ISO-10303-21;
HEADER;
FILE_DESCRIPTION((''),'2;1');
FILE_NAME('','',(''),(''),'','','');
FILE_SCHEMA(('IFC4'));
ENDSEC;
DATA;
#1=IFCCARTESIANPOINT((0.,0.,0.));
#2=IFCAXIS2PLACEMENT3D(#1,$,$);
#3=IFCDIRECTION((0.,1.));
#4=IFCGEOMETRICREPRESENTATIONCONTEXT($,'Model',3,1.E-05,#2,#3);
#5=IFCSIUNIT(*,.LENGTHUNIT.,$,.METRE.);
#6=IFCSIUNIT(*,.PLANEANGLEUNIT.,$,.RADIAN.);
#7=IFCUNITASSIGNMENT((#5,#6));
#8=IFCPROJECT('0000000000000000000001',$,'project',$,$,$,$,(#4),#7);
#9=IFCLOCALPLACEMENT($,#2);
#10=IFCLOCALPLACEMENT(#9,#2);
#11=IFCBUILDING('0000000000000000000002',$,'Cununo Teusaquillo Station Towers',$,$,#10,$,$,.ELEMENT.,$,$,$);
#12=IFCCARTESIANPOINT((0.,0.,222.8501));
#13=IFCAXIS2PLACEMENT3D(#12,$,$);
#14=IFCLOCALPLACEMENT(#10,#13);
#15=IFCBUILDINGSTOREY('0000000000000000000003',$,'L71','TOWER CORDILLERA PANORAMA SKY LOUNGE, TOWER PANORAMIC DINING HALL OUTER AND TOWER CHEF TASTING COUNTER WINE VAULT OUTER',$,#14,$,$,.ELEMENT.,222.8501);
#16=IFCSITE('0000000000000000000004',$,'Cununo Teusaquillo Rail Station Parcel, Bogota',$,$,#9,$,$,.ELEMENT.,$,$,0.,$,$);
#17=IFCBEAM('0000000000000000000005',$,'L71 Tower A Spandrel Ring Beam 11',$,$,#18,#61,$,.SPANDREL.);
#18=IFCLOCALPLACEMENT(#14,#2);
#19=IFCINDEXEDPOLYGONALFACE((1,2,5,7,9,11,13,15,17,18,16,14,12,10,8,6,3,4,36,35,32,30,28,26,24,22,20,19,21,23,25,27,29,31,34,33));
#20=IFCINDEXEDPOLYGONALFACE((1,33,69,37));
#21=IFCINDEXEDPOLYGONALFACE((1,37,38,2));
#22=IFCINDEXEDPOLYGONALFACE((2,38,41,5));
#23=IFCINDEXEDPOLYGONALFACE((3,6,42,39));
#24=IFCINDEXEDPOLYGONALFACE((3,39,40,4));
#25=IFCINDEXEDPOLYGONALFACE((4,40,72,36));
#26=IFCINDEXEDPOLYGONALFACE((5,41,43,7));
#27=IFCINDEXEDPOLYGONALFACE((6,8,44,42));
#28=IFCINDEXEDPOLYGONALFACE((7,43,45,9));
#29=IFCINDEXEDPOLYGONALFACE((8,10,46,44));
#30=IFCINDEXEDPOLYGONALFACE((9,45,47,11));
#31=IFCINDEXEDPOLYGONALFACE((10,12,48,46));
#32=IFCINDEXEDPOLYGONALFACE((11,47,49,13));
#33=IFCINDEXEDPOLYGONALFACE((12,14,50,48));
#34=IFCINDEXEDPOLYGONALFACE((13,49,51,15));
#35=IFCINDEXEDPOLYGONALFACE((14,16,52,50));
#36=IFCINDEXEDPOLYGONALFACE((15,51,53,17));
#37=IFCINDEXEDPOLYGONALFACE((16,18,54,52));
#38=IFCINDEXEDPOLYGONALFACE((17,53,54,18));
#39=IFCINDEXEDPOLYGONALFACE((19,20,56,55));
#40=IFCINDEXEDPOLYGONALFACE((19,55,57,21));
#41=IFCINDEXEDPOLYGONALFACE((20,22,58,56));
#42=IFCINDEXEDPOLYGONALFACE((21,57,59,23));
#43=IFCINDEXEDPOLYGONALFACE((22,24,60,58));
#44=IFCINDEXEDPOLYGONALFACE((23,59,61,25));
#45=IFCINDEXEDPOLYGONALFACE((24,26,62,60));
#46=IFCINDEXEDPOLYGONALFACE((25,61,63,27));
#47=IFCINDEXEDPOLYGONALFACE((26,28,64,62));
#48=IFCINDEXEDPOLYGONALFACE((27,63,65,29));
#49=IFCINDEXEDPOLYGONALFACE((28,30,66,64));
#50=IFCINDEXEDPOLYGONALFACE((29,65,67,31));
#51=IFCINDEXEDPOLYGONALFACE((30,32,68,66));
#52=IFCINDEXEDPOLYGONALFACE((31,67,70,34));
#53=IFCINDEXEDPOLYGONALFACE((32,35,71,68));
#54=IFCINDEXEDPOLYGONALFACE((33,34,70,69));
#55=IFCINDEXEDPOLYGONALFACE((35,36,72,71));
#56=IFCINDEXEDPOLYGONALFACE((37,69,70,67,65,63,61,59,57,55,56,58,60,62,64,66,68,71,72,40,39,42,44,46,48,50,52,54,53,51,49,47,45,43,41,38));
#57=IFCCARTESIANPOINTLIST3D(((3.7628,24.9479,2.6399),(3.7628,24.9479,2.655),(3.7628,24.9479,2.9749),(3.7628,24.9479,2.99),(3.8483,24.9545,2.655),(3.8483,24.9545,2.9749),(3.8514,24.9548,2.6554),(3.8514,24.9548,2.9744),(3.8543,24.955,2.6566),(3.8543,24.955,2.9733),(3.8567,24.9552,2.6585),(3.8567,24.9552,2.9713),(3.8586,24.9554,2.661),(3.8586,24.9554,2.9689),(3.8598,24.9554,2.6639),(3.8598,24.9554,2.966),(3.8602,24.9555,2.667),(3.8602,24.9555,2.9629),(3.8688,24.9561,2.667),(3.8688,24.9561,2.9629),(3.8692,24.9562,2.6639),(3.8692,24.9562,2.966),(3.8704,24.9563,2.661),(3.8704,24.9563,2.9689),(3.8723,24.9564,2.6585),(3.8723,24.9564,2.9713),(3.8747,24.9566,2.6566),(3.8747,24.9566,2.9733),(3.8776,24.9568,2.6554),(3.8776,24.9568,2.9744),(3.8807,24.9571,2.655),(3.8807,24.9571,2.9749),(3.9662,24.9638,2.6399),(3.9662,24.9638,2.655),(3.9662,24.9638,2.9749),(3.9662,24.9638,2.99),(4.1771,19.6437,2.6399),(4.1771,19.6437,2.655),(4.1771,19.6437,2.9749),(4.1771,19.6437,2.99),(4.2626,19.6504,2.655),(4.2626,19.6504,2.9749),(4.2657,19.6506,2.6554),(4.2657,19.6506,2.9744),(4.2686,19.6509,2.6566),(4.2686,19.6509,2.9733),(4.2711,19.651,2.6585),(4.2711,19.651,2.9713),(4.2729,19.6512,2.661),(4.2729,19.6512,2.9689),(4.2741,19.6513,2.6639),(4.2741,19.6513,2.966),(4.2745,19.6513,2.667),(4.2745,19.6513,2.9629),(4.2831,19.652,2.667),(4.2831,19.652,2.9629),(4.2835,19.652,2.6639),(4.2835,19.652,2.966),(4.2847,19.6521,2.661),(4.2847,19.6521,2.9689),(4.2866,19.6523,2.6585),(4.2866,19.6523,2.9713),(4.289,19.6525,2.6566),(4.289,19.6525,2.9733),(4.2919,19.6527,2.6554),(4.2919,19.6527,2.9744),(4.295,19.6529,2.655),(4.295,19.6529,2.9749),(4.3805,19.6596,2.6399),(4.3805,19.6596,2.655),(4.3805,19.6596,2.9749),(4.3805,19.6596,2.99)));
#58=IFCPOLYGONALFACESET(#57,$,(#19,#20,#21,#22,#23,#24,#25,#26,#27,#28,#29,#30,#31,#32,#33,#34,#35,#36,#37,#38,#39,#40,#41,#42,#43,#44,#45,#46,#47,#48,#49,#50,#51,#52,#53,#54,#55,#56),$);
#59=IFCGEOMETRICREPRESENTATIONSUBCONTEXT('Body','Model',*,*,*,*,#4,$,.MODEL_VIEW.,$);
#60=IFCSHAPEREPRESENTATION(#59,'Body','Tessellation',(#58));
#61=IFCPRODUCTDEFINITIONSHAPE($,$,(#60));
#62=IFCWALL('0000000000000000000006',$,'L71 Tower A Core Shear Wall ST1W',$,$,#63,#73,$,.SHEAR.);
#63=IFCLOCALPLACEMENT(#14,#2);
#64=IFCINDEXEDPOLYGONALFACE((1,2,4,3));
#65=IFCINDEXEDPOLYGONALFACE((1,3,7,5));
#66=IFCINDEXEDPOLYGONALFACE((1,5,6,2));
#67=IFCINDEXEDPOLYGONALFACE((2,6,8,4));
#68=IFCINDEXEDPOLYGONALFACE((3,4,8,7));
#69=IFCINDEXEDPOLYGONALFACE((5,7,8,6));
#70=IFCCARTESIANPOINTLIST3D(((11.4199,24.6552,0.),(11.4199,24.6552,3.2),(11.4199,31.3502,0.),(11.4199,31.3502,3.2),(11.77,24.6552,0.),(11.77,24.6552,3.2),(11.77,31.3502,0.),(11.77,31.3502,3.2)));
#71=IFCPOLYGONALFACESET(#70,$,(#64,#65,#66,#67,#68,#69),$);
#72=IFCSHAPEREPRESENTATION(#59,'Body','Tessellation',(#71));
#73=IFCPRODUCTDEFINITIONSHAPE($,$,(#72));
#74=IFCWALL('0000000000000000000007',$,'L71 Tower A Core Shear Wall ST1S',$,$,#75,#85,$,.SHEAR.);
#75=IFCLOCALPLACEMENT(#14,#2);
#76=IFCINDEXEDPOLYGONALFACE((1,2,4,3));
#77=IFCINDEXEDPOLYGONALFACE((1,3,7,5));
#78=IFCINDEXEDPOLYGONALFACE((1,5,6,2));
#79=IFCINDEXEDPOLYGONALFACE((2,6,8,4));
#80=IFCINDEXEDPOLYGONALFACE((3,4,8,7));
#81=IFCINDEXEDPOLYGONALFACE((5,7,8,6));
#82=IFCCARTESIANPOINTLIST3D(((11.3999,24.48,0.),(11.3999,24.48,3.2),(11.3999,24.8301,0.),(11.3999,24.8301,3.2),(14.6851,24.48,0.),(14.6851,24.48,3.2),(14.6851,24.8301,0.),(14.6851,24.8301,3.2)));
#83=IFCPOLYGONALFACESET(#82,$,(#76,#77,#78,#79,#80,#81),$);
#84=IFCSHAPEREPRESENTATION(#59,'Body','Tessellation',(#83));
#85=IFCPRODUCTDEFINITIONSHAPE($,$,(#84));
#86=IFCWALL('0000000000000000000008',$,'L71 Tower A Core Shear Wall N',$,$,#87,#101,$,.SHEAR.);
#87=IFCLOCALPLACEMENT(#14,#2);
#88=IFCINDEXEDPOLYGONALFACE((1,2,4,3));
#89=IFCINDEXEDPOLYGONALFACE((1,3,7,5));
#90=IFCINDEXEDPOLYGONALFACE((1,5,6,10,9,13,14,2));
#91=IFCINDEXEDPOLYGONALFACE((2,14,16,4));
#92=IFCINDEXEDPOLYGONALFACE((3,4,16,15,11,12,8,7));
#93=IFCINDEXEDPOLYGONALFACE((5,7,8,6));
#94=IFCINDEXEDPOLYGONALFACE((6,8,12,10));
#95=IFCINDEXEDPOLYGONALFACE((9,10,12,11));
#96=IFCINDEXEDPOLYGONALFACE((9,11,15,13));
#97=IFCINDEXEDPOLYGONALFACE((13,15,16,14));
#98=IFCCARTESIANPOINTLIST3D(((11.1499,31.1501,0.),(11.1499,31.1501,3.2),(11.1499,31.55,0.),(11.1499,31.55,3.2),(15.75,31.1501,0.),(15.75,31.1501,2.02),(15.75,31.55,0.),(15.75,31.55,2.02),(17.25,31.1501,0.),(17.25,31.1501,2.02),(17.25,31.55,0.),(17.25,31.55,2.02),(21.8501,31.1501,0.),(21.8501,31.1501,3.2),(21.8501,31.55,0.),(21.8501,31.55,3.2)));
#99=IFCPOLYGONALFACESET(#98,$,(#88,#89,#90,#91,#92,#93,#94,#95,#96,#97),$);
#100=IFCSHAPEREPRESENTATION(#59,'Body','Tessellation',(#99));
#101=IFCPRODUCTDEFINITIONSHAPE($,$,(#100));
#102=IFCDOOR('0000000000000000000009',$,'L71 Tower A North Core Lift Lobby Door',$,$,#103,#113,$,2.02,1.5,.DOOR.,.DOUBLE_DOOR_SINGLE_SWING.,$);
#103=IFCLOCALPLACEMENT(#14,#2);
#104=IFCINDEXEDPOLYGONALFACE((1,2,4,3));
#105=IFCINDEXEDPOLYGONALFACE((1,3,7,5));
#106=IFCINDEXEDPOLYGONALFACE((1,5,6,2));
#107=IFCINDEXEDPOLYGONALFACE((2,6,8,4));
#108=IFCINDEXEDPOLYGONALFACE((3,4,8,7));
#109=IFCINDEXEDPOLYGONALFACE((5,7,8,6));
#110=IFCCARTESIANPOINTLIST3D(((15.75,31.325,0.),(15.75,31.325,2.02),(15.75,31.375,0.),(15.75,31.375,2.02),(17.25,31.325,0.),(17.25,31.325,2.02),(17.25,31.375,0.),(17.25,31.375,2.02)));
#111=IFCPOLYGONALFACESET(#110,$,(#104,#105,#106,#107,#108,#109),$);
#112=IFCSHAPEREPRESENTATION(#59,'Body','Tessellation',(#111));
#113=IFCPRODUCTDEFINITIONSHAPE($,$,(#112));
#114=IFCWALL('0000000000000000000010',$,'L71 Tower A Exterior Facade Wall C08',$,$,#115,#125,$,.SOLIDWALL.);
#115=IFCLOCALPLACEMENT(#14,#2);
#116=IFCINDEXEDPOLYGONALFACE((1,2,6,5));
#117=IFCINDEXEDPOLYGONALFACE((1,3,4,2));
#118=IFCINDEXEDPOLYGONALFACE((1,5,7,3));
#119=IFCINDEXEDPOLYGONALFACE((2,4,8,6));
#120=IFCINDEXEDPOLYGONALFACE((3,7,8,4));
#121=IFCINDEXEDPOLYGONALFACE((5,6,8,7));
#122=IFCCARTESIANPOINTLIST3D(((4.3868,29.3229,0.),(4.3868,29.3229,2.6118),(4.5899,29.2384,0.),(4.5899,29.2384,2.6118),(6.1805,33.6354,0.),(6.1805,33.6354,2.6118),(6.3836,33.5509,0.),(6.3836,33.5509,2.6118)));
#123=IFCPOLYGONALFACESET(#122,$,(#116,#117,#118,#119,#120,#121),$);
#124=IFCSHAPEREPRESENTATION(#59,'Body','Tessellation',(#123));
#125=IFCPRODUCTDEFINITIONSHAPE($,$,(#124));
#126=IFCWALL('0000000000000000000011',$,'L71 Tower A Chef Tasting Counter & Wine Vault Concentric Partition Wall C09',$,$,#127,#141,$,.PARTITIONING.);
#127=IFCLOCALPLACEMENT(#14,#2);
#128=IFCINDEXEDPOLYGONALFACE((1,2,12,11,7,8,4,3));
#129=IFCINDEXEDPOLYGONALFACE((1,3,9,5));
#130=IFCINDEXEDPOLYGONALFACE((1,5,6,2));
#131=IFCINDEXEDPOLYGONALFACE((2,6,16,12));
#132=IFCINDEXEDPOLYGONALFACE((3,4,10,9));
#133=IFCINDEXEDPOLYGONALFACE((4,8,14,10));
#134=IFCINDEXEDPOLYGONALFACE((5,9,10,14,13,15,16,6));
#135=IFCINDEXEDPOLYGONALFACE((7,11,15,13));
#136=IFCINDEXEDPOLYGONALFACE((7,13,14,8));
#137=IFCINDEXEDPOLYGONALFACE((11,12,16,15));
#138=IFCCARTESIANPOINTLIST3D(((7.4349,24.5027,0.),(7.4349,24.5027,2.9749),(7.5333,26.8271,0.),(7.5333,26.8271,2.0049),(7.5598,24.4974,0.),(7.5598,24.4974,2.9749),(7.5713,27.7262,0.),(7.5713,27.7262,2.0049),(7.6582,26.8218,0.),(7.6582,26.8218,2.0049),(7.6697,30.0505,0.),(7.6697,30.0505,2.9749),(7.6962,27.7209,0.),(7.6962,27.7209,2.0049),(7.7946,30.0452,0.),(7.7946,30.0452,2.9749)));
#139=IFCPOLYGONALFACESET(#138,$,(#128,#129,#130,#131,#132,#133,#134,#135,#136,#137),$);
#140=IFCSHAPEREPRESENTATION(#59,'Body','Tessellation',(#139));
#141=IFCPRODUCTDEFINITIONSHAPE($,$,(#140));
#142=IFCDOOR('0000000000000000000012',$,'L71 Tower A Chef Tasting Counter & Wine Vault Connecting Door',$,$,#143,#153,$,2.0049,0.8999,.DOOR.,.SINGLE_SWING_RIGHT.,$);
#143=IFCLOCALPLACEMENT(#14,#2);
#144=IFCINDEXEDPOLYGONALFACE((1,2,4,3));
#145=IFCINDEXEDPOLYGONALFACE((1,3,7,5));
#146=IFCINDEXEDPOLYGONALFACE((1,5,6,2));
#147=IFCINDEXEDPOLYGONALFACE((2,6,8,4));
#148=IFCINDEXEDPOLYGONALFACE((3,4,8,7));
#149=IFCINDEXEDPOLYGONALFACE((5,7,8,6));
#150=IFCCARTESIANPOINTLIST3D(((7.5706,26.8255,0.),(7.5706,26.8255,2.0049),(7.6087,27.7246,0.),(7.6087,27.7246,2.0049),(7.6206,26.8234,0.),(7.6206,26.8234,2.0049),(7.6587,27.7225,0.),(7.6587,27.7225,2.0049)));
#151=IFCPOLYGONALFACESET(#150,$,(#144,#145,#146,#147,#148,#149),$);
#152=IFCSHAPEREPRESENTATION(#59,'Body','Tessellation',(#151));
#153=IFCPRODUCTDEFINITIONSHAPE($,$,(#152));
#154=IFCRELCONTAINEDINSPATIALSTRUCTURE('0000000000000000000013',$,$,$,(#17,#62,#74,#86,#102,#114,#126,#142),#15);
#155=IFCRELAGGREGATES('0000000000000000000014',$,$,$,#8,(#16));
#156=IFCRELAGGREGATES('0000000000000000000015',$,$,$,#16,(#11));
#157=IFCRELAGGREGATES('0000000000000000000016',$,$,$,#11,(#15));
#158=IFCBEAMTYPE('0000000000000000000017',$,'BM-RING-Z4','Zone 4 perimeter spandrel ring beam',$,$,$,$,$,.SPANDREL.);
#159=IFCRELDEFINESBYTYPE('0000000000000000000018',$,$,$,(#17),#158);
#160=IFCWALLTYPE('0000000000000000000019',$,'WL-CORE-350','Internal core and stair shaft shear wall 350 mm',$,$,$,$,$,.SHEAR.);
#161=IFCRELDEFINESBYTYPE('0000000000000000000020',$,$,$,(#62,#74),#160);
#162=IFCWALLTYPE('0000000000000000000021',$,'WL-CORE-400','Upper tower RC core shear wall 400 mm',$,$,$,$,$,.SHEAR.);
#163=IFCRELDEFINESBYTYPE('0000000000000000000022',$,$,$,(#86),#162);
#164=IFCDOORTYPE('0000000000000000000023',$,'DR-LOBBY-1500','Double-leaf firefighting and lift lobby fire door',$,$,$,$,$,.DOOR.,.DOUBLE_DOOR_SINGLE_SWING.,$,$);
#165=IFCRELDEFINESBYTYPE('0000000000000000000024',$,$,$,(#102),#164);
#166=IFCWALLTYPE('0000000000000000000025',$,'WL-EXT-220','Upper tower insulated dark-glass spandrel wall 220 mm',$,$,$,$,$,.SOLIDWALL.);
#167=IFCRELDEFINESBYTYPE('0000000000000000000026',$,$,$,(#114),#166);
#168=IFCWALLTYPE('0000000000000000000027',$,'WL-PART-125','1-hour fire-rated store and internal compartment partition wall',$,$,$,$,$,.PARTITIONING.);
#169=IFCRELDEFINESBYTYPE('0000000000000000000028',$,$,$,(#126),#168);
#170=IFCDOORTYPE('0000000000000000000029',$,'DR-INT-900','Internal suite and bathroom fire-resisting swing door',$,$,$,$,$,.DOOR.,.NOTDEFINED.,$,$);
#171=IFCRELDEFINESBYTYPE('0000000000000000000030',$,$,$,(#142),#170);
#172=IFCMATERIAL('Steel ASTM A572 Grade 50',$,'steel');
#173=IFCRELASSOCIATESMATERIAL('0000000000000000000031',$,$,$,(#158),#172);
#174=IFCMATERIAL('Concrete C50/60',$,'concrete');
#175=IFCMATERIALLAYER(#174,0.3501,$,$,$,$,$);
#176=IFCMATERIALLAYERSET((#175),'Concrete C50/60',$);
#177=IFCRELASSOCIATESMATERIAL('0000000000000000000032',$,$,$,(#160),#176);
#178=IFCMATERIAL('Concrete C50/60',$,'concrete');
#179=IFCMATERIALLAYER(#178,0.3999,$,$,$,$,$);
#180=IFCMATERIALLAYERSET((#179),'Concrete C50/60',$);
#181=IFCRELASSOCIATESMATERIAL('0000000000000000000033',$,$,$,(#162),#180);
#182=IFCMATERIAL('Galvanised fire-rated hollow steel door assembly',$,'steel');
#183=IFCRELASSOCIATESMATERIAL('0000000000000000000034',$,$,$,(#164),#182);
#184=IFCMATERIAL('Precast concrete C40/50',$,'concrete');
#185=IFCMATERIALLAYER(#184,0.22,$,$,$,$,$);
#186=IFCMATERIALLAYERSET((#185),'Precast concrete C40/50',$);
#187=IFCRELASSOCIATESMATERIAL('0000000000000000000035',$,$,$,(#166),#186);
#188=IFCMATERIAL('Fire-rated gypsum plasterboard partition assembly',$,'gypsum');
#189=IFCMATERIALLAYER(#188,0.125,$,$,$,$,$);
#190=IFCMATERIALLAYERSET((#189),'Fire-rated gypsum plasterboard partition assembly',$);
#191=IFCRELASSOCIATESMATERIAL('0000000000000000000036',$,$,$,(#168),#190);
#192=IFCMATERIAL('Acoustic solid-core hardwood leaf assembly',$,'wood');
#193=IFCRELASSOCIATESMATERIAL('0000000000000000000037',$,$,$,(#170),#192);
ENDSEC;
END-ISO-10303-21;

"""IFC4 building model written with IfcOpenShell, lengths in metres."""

from ifc_helpers import new_model, si_unit, direction, frame, frame_2d, origin, origin_2d, place, context, subcontext, project, spatial, rectangle, i_section, extrude, source, transform, mapped, material, layer, layer_set, material_profile, profile_set, type_object, element, fill, save


model = new_model("IFC4")

# Units and contexts
model_context = context("Model", 3, precision=1e-05, world=origin(), true_north=direction((0.0, 1.0)))
body_context = subcontext(model_context, "Body", "Model", "MODEL_VIEW")
ifc_project = project(units=[si_unit("LENGTHUNIT", "METRE"), si_unit("PLANEANGLEUNIT", "RADIAN")], contexts=[model_context])

# Site, building, storey
site_placement = place(None, origin())
site = spatial("IfcSite", under=ifc_project, at=site_placement, Name="Cununo Teusaquillo Rail Station Parcel, Bogota", CompositionType="ELEMENT", RefElevation=0.0)
building_placement = place(site_placement, origin())
building = spatial("IfcBuilding", under=site, at=building_placement, Name="Cununo Teusaquillo Station Towers", CompositionType="ELEMENT")
storey_placement = place(building_placement, frame((0.0, 0.0, 222.8501)))
storey = spatial("IfcBuildingStorey", under=building, at=storey_placement, Name="L71", Description="TOWER CORDILLERA PANORAMA SKY LOUNGE, TOWER PANORAMIC DINING HALL OUTER AND TOWER CHEF TASTING COUNTER WINE VAULT OUTER", CompositionType="ELEMENT", Elevation=222.8501)

# Beam
ifc_material_1 = material(Name="Steel ASTM A572 Grade 50", Category="steel")
ifc_material_profile_1 = material_profile(ifc_material_1, i_section(OverallWidth=0.2041, OverallDepth=0.3501, WebThickness=0.0085, FlangeThickness=0.0151, FilletRadius=0.012, at=origin_2d()), Name="W14X48")
ifc_profile_set_1 = profile_set([ifc_material_profile_1], Name="Steel ASTM A572 Grade 50")
beam_type_1 = type_object("IfcBeamType", Name="BM-RING-Z4", Description="Zone 4 perimeter spandrel ring beam", PredefinedType="SPANDREL", material=ifc_profile_set_1)
beam_1_placement = place(storey_placement, frame((3.8645, 24.9558, 2.8149), z_axis=(0.077872, -0.996963, 0.0), x_axis=(0.996963, 0.077872, 0.0)))
element("IfcBeam", 1, at=beam_1_placement, inside=storey, type_object=beam_type_1, Name="L71 Tower A Spandrel Ring Beam 11", PredefinedType="SPANDREL", context=body_context, shape_type="SweptSolid", body=[
    extrude(i_section(OverallWidth=0.2041, OverallDepth=0.3501, WebThickness=0.0085, FlangeThickness=0.0151, FilletRadius=0.012, at=origin_2d()), origin(), (0.0, 0.0, 1.0), 5.3203),
])

# Walls
ifc_material_2 = material(Name="Concrete C50/60", Category="concrete")
ifc_layer_1 = layer(ifc_material_2, 0.3501)
ifc_layer_set_1 = layer_set([ifc_layer_1], Name="Concrete C50/60")
wall_type_1 = type_object("IfcWallType", Name="WL-CORE-350", Description="Internal core and stair shaft shear wall 350 mm", PredefinedType="SHEAR", material=ifc_layer_set_1)
wall_1_placement = place(storey_placement, frame((11.595, 24.655, 0.0), z_axis=(0.0, 0.0, 1.0), x_axis=(0.0, 1.0, 0.0)))
element("IfcWall", 2, at=wall_1_placement, inside=storey, type_object=wall_type_1, Name="L71 Tower A Core Shear Wall ST1W", PredefinedType="SHEAR", context=body_context, shape_type="SweptSolid", body=[
    extrude(rectangle(XDim=6.6951, YDim=0.3501, at=frame_2d((3.3477, 0.0))), origin(), (0.0, 0.0, 1.0), 3.2),
])
wall_2_placement = place(storey_placement, frame((11.3999, 24.655, 0.0), z_axis=(0.0, 0.0, 1.0), x_axis=(1.0, 0.0, 0.0)))
element("IfcWall", 3, at=wall_2_placement, inside=storey, type_object=wall_type_1, Name="L71 Tower A Core Shear Wall ST1S", PredefinedType="SHEAR", context=body_context, shape_type="SweptSolid", body=[
    extrude(rectangle(XDim=3.2852, YDim=0.3501, at=frame_2d((1.6426, 0.0))), origin(), (0.0, 0.0, 1.0), 3.2),
])

# Wall, opening, door
ifc_material_3 = material(Name="Concrete C50/60", Category="concrete")
ifc_layer_2 = layer(ifc_material_3, 0.3999)
ifc_layer_set_2 = layer_set([ifc_layer_2], Name="Concrete C50/60")
wall_type_2 = type_object("IfcWallType", Name="WL-CORE-400", Description="Upper tower RC core shear wall 400 mm", PredefinedType="SHEAR", material=ifc_layer_set_2)
wall_3_placement = place(storey_placement, frame((11.1499, 31.3501, 0.0), z_axis=(0.0, 0.0, 1.0), x_axis=(1.0, 0.0, 0.0)))
wall_3 = element("IfcWall", 4, at=wall_3_placement, inside=storey, type_object=wall_type_2, Name="L71 Tower A Core Shear Wall N", PredefinedType="SHEAR", context=body_context, shape_type="SweptSolid", body=[
    extrude(rectangle(XDim=10.7002, YDim=0.3999, at=frame_2d((5.3501, 0.0))), origin(), (0.0, 0.0, 1.0), 3.2),
])
shared_shape_1 = source(origin(), body_context, "Body", "SweptSolid", [
    extrude(rectangle(XDim=1.5, YDim=2.02, at=frame_2d((0.75, 1.01))), frame((0.0, 0.21, 0.0), z_axis=(0.0, -1.0, 0.0), x_axis=(1.0, 0.0, 0.0)), (0.0, 0.0, 1.0), 0.4199),
])
opening_1_placement = place(wall_3_placement, frame((4.6001, 0.0, 0.0)))
opening_1 = element("IfcOpeningElement", 5, at=opening_1_placement, cuts=wall_3, PredefinedType="OPENING", context=body_context, shape_type="MappedRepresentation", body=[
    mapped(shared_shape_1, transform((0.0, 0.0, 0.0), x_axis=(1.0, 0.0, 0.0), y_axis=(0.0, 1.0, 0.0), z_axis=(0.0, 0.0, 1.0), scale=1.0)),
])
ifc_material_4 = material(Name="Galvanised fire-rated hollow steel door assembly", Category="steel")
door_type_1 = type_object("IfcDoorType", Name="DR-LOBBY-1500", Description="Double-leaf firefighting and lift lobby fire door", OperationType="DOUBLE_DOOR_SINGLE_SWING", PredefinedType="DOOR", material=ifc_material_4)
shared_shape_2 = source(origin(), body_context, "Body", "SweptSolid", [
    extrude(rectangle(XDim=1.5, YDim=2.02, at=frame_2d((0.75, 1.01))), frame((0.0, 0.0249, 0.0), z_axis=(0.0, -1.0, 0.0), x_axis=(1.0, 0.0, 0.0)), (0.0, 0.0, 1.0), 0.05),
])
door_1_placement = place(opening_1_placement, origin())
door_1 = element("IfcDoor", 6, at=door_1_placement, inside=storey, type_object=door_type_1, Name="L71 Tower A North Core Lift Lobby Door", OperationType="DOUBLE_DOOR_SINGLE_SWING", OverallHeight=2.02, OverallWidth=1.5, PredefinedType="DOOR", context=body_context, shape_type="MappedRepresentation", body=[
    mapped(shared_shape_2, transform((0.0, 0.0, 0.0), x_axis=(1.0, 0.0, 0.0), y_axis=(0.0, 1.0, 0.0), z_axis=(0.0, 0.0, 1.0), scale=1.0)),
])
fill(opening_1, door_1)

# Wall
ifc_material_5 = material(Name="Precast concrete C40/50", Category="concrete")
ifc_layer_3 = layer(ifc_material_5, 0.22)
ifc_layer_set_3 = layer_set([ifc_layer_3], Name="Precast concrete C40/50")
wall_type_3 = type_object("IfcWallType", Name="WL-EXT-220", Description="Upper tower insulated dark-glass spandrel wall 220 mm", PredefinedType="SOLIDWALL", material=ifc_layer_set_3)
wall_4_placement = place(storey_placement, frame((4.4883, 29.2805, 0.0), z_axis=(0.0, 0.0, 1.0), x_axis=(0.384036, 0.923318, 0.0)))
element("IfcWall", 7, at=wall_4_placement, inside=storey, type_object=wall_type_3, Name="L71 Tower A Exterior Facade Wall C08", PredefinedType="SOLIDWALL", context=body_context, shape_type="SweptSolid", body=[
    extrude(rectangle(XDim=4.6707, YDim=0.22, at=frame_2d((2.3354, 0.0))), origin(), (0.0, 0.0, 1.0), 2.6118),
])

# Wall, opening, door
ifc_material_6 = material(Name="Fire-rated gypsum plasterboard partition assembly", Category="gypsum")
ifc_layer_4 = layer(ifc_material_6, 0.125)
ifc_layer_set_4 = layer_set([ifc_layer_4], Name="Fire-rated gypsum plasterboard partition assembly")
wall_type_4 = type_object("IfcWallType", Name="WL-PART-125", Description="1-hour fire-rated store and internal compartment partition wall", PredefinedType="PARTITIONING", material=ifc_layer_set_4)
wall_5_placement = place(storey_placement, frame((7.7322, 30.0479, 0.0), z_axis=(0.0, 0.0, 1.0), x_axis=(-0.042296, -0.999105, 0.0)))
wall_5 = element("IfcWall", 8, at=wall_5_placement, inside=storey, type_object=wall_type_4, Name="L71 Tower A Chef Tasting Counter & Wine Vault Concentric Partition Wall C09", PredefinedType="PARTITIONING", context=body_context, shape_type="SweptSolid", body=[
    extrude(rectangle(XDim=5.5527, YDim=0.125, at=frame_2d((2.7764, 0.0))), origin(), (0.0, 0.0, 1.0), 2.9749),
])
shared_shape_3 = source(origin(), body_context, "Body", "SweptSolid", [
    extrude(rectangle(XDim=0.8999, YDim=2.0049, at=frame_2d((0.45, 1.0024))), frame((0.0, 0.0725, 0.0), z_axis=(0.0, -1.0, 0.0), x_axis=(1.0, 0.0, 0.0)), (0.0, 0.0, 1.0), 0.145),
])
opening_2_placement = place(wall_5_placement, frame((2.3264, 0.0, 0.0)))
opening_2 = element("IfcOpeningElement", 9, at=opening_2_placement, cuts=wall_5, PredefinedType="OPENING", context=body_context, shape_type="MappedRepresentation", body=[
    mapped(shared_shape_3, transform((0.0, 0.0, 0.0), x_axis=(1.0, 0.0, 0.0), y_axis=(0.0, 1.0, 0.0), z_axis=(0.0, 0.0, 1.0), scale=1.0)),
])
ifc_material_7 = material(Name="Acoustic solid-core hardwood leaf assembly", Category="wood")
door_type_2 = type_object("IfcDoorType", Name="DR-INT-900", Description="Internal suite and bathroom fire-resisting swing door", OperationType="NOTDEFINED", PredefinedType="DOOR", material=ifc_material_7)
shared_shape_4 = source(origin(), body_context, "Body", "SweptSolid", [
    extrude(rectangle(XDim=0.8999, YDim=2.0049, at=frame_2d((0.45, 1.0024))), frame((0.0, 0.0249, 0.0), z_axis=(0.0, -1.0, 0.0), x_axis=(1.0, 0.0, 0.0)), (0.0, 0.0, 1.0), 0.05),
])
door_2_placement = place(opening_2_placement, origin())
door_2 = element("IfcDoor", 10, at=door_2_placement, inside=storey, type_object=door_type_2, Name="L71 Tower A Chef Tasting Counter & Wine Vault Connecting Door", OperationType="SINGLE_SWING_RIGHT", OverallHeight=2.0049, OverallWidth=0.8999, PredefinedType="DOOR", context=body_context, shape_type="MappedRepresentation", body=[
    mapped(shared_shape_4, transform((0.0, 0.0, 0.0), x_axis=(1.0, 0.0, 0.0), y_axis=(0.0, 1.0, 0.0), z_axis=(0.0, 0.0, 1.0), scale=1.0)),
])
fill(opening_2, door_2)

save(model, "model.ifc")
